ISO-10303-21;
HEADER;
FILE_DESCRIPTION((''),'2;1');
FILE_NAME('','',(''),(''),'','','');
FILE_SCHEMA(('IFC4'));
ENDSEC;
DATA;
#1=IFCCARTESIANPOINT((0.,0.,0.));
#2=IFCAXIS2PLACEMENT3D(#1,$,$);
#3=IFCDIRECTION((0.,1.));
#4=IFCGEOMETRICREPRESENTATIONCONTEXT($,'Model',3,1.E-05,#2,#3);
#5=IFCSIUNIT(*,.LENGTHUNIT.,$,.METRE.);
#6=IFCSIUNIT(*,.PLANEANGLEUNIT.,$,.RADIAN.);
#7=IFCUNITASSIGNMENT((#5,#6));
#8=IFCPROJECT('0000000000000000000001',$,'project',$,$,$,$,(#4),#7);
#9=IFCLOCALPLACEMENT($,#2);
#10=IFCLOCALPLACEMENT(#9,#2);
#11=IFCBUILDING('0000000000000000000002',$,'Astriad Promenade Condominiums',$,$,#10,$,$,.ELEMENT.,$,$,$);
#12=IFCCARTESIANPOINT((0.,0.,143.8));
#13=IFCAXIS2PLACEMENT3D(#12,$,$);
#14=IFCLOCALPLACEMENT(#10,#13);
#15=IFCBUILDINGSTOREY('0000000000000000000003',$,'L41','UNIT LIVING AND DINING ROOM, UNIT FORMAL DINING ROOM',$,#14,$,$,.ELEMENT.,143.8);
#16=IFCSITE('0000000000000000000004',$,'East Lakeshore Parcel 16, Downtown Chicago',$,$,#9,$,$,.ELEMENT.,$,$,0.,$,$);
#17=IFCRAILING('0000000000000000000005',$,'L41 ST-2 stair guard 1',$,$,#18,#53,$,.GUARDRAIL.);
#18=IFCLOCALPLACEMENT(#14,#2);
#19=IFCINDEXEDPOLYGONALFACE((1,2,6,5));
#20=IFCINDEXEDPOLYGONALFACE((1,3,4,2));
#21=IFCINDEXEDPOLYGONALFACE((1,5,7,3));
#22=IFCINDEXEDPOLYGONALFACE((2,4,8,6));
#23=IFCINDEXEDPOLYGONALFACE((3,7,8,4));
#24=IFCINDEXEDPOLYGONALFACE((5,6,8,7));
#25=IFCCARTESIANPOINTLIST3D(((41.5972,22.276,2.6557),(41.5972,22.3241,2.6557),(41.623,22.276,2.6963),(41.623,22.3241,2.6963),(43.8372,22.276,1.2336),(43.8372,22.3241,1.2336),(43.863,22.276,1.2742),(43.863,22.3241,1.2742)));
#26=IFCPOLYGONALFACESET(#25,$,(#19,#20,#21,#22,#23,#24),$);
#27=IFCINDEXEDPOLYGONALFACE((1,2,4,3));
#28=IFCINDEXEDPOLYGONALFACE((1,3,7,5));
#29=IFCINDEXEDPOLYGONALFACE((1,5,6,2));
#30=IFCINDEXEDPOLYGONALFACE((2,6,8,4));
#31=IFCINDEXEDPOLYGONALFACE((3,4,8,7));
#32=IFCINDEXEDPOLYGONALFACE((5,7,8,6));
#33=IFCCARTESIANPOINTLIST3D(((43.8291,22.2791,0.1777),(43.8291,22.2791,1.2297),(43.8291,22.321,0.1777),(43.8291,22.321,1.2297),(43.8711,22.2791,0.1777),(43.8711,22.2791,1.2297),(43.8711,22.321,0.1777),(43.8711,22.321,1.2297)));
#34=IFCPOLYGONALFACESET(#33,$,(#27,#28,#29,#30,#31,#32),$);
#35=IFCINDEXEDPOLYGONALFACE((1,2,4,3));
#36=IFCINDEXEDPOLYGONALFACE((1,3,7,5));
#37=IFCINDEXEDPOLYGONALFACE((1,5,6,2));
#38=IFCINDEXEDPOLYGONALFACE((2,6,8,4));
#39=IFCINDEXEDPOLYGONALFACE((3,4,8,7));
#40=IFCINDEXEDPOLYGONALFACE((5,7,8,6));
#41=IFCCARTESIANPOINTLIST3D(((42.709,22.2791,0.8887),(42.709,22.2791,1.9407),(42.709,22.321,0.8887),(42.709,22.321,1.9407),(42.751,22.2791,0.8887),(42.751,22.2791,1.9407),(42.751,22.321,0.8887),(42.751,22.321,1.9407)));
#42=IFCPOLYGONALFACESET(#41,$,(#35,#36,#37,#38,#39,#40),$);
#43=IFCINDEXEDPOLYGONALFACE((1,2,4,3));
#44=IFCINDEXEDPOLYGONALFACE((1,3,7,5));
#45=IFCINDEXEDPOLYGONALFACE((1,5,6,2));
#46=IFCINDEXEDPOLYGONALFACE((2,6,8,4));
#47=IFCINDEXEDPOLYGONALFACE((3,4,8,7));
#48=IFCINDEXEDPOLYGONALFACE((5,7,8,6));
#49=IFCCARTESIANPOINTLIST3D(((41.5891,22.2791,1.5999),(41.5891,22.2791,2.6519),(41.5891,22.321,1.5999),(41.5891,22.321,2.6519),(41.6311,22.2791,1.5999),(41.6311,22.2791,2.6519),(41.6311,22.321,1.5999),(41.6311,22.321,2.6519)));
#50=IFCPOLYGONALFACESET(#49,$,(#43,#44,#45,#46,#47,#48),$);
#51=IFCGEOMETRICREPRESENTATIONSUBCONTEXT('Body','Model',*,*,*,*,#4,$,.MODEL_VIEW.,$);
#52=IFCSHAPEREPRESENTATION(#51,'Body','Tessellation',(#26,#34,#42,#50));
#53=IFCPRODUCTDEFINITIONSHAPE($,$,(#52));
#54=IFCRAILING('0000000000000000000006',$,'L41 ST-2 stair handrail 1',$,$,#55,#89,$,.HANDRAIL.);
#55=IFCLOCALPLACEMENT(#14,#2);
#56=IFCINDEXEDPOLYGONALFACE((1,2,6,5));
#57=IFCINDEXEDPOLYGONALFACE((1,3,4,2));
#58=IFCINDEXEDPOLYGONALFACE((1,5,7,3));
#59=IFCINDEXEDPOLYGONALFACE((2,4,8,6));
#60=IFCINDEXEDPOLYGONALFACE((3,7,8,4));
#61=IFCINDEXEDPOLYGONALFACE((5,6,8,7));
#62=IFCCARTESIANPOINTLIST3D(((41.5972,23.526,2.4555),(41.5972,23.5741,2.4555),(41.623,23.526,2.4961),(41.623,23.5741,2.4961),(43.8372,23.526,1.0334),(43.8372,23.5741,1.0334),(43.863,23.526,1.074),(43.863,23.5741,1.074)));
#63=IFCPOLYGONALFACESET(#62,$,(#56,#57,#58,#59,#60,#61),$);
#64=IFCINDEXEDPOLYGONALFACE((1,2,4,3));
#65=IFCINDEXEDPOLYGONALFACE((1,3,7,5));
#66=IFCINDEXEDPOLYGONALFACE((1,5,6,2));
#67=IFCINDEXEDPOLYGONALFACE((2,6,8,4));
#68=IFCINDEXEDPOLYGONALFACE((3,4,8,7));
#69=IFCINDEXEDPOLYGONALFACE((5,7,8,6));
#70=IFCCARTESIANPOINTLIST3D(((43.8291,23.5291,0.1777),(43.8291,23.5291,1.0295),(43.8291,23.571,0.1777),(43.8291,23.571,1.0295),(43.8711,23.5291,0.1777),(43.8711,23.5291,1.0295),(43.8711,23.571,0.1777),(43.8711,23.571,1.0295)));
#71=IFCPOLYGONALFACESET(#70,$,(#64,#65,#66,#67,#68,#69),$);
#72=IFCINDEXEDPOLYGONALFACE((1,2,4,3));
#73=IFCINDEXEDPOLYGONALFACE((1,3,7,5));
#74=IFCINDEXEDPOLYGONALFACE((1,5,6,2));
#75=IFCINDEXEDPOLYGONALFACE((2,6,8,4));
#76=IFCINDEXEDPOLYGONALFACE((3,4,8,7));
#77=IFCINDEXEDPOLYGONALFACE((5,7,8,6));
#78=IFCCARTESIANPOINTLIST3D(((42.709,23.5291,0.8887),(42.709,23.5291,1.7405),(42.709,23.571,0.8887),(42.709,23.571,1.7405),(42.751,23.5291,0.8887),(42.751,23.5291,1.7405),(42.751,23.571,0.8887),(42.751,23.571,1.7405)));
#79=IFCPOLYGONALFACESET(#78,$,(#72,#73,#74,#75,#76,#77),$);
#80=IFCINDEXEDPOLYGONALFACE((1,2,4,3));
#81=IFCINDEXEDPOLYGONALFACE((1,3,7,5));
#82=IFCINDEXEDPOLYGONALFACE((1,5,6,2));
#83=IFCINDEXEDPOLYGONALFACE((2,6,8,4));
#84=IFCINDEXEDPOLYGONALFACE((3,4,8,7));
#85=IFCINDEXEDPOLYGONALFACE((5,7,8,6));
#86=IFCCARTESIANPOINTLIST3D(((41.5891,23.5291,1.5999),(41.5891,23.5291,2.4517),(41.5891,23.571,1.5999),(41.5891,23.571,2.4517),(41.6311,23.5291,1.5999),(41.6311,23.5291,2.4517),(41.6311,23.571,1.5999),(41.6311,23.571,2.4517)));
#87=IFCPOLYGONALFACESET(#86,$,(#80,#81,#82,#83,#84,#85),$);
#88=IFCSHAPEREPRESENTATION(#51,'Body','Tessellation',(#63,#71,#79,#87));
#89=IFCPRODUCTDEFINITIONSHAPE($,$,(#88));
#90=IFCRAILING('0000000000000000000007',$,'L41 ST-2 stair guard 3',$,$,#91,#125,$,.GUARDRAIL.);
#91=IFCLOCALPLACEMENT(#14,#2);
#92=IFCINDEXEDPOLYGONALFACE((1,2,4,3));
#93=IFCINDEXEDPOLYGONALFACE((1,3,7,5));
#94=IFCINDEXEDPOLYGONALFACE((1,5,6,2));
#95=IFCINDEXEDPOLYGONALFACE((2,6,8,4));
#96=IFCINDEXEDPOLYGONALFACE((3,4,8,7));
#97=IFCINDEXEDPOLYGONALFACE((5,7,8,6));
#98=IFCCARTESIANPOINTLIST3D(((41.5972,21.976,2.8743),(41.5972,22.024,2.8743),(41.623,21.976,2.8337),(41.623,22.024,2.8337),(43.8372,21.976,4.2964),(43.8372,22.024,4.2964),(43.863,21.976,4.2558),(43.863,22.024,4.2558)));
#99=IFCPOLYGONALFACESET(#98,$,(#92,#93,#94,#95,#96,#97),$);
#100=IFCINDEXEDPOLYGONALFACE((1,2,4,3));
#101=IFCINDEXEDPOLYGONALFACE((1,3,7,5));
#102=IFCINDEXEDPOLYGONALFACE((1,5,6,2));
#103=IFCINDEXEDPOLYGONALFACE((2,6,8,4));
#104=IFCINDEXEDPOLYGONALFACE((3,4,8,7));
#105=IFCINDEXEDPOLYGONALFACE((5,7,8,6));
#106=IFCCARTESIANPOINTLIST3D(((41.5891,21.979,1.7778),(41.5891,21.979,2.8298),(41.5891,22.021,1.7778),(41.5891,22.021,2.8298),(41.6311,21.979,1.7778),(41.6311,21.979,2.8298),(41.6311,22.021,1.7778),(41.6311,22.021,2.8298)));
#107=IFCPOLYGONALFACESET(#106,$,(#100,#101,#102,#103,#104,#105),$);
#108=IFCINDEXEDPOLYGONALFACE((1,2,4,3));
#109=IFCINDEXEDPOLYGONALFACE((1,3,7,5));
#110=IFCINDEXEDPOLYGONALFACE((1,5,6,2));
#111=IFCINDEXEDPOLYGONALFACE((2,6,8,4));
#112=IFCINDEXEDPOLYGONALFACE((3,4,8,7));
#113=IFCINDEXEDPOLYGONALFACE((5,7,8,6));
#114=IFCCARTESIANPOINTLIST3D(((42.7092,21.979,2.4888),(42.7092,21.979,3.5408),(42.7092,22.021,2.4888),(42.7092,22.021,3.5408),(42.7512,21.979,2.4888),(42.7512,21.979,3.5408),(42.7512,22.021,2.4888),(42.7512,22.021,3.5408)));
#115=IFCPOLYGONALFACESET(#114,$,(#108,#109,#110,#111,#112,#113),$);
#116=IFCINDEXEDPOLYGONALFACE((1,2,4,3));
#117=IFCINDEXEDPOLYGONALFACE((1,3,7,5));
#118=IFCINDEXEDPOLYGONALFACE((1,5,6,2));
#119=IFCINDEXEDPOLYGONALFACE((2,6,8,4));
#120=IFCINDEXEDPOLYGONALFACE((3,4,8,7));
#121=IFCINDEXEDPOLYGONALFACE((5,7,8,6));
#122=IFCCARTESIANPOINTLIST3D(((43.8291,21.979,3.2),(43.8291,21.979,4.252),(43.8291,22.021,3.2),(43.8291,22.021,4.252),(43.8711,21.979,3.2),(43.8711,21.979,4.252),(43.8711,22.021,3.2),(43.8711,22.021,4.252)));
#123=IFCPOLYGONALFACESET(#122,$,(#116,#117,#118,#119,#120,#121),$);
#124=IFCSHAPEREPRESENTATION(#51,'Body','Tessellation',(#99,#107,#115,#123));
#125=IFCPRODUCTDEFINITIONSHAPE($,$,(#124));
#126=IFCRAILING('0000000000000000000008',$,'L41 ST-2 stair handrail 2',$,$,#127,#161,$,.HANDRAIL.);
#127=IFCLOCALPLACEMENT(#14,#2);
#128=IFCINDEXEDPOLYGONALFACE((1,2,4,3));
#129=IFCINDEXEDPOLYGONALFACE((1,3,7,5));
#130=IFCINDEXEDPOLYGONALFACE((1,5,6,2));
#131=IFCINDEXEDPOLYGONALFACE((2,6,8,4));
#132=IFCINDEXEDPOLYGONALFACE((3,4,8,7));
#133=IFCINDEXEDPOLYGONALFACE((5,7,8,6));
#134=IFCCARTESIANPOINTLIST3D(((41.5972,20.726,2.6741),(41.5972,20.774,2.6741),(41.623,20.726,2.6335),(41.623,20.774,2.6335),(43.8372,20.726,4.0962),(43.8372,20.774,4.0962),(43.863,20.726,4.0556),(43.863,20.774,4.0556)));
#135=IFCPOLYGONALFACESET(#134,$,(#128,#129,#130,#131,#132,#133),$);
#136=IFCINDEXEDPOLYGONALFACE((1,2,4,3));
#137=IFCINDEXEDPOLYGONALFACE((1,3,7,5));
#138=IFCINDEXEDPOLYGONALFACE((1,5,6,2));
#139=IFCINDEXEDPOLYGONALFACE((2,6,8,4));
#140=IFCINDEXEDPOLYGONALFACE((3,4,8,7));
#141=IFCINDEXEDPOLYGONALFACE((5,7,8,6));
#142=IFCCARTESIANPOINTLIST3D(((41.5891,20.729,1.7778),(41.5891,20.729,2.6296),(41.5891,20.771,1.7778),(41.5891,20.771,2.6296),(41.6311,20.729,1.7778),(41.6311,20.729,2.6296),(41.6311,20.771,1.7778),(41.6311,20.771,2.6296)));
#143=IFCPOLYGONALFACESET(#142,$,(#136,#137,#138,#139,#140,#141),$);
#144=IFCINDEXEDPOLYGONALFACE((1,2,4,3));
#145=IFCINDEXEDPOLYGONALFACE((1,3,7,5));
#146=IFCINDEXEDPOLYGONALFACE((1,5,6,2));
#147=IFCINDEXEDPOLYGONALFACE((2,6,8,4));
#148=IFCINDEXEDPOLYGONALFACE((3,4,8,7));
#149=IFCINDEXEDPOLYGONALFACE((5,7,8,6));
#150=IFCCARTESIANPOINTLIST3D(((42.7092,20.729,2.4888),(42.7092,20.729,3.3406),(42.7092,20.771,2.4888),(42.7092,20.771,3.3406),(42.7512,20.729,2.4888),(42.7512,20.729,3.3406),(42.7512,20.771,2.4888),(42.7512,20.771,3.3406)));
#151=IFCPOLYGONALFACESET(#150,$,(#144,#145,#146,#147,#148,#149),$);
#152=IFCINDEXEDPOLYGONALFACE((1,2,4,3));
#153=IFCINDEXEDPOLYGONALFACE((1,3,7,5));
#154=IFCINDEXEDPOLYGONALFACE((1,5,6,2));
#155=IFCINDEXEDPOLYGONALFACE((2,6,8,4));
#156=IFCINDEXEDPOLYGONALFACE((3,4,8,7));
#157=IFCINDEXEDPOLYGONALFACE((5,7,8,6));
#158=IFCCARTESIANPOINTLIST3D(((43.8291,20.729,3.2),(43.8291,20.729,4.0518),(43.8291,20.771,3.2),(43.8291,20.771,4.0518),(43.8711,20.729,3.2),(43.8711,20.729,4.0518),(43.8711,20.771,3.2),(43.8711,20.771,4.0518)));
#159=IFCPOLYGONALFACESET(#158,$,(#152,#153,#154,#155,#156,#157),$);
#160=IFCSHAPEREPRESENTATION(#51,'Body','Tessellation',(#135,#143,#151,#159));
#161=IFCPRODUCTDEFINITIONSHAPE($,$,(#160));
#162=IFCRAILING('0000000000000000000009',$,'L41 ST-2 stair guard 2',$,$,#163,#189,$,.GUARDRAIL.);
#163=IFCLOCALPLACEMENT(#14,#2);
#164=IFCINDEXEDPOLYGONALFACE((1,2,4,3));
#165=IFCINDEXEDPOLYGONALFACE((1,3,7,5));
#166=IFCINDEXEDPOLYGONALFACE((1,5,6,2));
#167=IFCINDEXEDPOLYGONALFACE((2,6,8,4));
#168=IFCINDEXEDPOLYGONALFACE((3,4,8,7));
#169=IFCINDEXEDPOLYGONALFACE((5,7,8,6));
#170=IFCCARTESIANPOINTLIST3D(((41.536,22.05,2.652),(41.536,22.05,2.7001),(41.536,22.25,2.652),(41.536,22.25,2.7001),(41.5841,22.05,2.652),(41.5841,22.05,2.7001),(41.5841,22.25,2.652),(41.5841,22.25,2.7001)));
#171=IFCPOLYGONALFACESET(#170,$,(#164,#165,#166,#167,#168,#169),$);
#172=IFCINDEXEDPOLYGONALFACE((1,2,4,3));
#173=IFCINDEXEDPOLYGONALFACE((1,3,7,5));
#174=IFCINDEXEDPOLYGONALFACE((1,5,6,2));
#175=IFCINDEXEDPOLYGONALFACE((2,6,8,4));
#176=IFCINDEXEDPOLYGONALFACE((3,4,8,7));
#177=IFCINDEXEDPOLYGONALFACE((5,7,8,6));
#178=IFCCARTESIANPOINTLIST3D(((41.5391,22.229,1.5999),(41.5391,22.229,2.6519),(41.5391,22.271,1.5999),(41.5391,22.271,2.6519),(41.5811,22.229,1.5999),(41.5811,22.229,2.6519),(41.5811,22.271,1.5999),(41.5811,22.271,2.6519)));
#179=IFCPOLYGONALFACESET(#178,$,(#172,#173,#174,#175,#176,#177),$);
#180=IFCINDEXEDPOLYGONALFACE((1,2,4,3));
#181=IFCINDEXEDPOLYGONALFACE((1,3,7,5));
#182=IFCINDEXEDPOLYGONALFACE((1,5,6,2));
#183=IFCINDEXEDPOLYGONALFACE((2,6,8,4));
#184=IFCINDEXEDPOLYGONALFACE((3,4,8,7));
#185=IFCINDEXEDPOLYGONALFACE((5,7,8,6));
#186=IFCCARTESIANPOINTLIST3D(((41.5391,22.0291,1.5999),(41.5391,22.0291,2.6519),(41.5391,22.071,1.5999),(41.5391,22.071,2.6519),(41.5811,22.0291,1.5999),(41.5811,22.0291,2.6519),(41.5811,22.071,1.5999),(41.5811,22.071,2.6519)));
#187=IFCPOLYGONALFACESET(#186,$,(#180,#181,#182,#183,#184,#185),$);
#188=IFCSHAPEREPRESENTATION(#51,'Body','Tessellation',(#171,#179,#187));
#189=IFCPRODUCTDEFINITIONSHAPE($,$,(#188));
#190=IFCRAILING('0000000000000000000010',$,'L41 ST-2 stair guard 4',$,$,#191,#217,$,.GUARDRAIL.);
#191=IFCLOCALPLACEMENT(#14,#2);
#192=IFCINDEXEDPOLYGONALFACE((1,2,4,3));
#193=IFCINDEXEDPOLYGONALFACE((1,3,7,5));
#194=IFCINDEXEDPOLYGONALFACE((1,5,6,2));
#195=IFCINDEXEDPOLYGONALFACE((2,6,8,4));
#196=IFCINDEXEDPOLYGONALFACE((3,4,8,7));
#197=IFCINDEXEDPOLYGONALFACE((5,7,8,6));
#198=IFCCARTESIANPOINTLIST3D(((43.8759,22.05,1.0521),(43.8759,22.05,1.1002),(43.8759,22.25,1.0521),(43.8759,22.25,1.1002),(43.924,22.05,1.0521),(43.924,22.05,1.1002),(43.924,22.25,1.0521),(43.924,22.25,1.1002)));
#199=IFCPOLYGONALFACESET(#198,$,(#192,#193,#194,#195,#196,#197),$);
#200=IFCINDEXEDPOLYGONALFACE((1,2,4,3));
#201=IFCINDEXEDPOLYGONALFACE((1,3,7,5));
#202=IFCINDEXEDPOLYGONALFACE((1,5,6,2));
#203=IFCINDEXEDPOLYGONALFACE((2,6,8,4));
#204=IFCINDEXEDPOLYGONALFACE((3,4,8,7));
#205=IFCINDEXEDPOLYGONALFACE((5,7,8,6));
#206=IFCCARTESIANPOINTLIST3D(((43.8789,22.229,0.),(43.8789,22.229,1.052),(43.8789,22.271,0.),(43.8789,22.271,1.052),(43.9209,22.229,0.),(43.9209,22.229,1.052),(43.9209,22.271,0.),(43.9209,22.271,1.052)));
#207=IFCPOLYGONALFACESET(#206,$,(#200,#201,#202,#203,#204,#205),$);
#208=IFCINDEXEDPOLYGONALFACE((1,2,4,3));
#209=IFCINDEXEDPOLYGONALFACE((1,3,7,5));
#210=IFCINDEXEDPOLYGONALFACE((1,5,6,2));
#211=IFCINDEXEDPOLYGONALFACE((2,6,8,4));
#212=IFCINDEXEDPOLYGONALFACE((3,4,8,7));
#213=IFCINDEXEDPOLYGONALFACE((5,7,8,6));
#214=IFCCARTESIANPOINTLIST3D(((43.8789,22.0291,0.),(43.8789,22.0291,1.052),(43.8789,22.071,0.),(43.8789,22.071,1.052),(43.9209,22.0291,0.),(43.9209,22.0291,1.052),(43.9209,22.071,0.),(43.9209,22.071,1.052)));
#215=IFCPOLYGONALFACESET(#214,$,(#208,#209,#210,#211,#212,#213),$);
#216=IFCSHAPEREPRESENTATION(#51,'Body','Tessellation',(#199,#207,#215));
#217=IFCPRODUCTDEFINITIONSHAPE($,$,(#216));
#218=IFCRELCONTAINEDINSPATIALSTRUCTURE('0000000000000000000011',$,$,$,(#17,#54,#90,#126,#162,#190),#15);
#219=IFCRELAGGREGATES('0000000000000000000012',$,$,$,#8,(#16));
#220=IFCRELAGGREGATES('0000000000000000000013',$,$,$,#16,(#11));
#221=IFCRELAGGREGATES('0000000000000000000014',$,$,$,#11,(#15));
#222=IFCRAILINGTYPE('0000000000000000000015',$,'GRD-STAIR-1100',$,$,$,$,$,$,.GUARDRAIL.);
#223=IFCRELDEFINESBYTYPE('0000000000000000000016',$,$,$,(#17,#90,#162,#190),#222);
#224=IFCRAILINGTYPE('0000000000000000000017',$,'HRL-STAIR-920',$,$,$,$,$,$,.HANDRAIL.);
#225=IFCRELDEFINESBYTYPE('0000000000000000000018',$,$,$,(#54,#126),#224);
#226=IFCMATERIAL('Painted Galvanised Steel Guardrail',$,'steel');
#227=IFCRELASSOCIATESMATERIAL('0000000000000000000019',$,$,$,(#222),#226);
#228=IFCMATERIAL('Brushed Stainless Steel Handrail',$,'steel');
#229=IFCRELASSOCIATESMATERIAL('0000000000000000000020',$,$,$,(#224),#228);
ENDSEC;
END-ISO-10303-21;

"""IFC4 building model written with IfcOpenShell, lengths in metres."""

from ifc_helpers import new_model, si_unit, direction, frame, origin, origin_2d, place, context, subcontext, project, spatial, rectangle, extrude, source, transform, mapped, material, type_object, type_shapes, element, save


model = new_model("IFC4")

# Units and contexts
model_context = context("Model", 3, precision=1e-05, world=origin(), true_north=direction((0.0, 1.0)))
body_context = subcontext(model_context, "Body", "Model", "MODEL_VIEW")
ifc_project = project(units=[si_unit("LENGTHUNIT", "METRE"), si_unit("PLANEANGLEUNIT", "RADIAN")], contexts=[model_context])

# Site, building, storey
site_placement = place(None, origin())
site = spatial("IfcSite", under=ifc_project, at=site_placement, Name="East Lakeshore Parcel 16, Downtown Chicago", CompositionType="ELEMENT", RefElevation=0.0)
building_placement = place(site_placement, origin())
building = spatial("IfcBuilding", under=site, at=building_placement, Name="Astriad Promenade Condominiums", CompositionType="ELEMENT")
storey_placement = place(building_placement, frame((0.0, 0.0, 143.8)))
storey = spatial("IfcBuildingStorey", under=building, at=storey_placement, Name="L41", Description="UNIT LIVING AND DINING ROOM, UNIT FORMAL DINING ROOM", CompositionType="ELEMENT", Elevation=143.8)

# Railings
ifc_material_1 = material(Name="Painted Galvanised Steel Guardrail", Category="steel")
railing_type_1 = type_object("IfcRailingType", Name="GRD-STAIR-1100", PredefinedType="GUARDRAIL", material=ifc_material_1)
shared_shape_1 = source(origin(), body_context, "Body", "SweptSolid", [
    extrude(rectangle(XDim=0.0481, YDim=0.0481, at=origin_2d()), frame((0.0, 0.0, 1.0762), z_axis=(-0.844229, 0.0, 0.535982), x_axis=(0.0, -1.0, 0.0)), (0.0, 0.0, 1.0), 2.6533),
    extrude(rectangle(XDim=0.042, YDim=0.042, at=origin_2d()), origin(), (0.0, 0.0, 1.0), 1.052),
    extrude(rectangle(XDim=0.042, YDim=0.042, at=origin_2d()), frame((-1.1201, 0.0, 0.7109)), (0.0, 0.0, 1.0), 1.052),
    extrude(rectangle(XDim=0.042, YDim=0.042, at=origin_2d()), frame((-2.24, 0.0, 1.4221)), (0.0, 0.0, 1.0), 1.052),
])
railing_1_placement = place(storey_placement, frame((43.8501, 22.3, 0.1777)))
element("IfcRailing", 1, at=railing_1_placement, inside=storey, type_object=railing_type_1, Name="L41 ST-2 stair guard 1", PredefinedType="GUARDRAIL", context=body_context, shape_type="MappedRepresentation", body=[
    mapped(shared_shape_1, transform((0.0, 0.0, 0.0), scale=1.0)),
])
ifc_material_2 = material(Name="Brushed Stainless Steel Handrail", Category="steel")
railing_type_2 = type_object("IfcRailingType", Name="HRL-STAIR-920", PredefinedType="HANDRAIL", material=ifc_material_2)
shared_shape_2 = source(origin(), body_context, "Body", "SweptSolid", [
    extrude(rectangle(XDim=0.0481, YDim=0.0481, at=origin_2d()), frame((0.0, 0.0, 0.876), z_axis=(-0.844229, 0.0, 0.535982), x_axis=(0.0, -1.0, 0.0)), (0.0, 0.0, 1.0), 2.6533),
    extrude(rectangle(XDim=0.042, YDim=0.042, at=origin_2d()), origin(), (0.0, 0.0, 1.0), 0.8518),
    extrude(rectangle(XDim=0.042, YDim=0.042, at=origin_2d()), frame((-1.1201, 0.0, 0.7109)), (0.0, 0.0, 1.0), 0.8518),
    extrude(rectangle(XDim=0.042, YDim=0.042, at=origin_2d()), frame((-2.24, 0.0, 1.4221)), (0.0, 0.0, 1.0), 0.8518),
])
railing_2_placement = place(storey_placement, frame((43.8501, 23.55, 0.1777)))
element("IfcRailing", 2, at=railing_2_placement, inside=storey, type_object=railing_type_2, Name="L41 ST-2 stair handrail 1", PredefinedType="HANDRAIL", context=body_context, shape_type="MappedRepresentation", body=[
    mapped(shared_shape_2, transform((0.0, 0.0, 0.0), scale=1.0)),
])
shared_shape_3 = source(origin(), body_context, "Body", "SweptSolid", [
    extrude(rectangle(XDim=0.0481, YDim=0.0481, at=origin_2d()), frame((0.0, 0.0, 1.0762), z_axis=(0.844229, 0.0, 0.535982), x_axis=(0.0, 1.0, 0.0)), (0.0, 0.0, 1.0), 2.6533),
    extrude(rectangle(XDim=0.042, YDim=0.042, at=origin_2d()), origin(), (0.0, 0.0, 1.0), 1.052),
    extrude(rectangle(XDim=0.042, YDim=0.042, at=origin_2d()), frame((1.1201, 0.0, 0.7109)), (0.0, 0.0, 1.0), 1.052),
    extrude(rectangle(XDim=0.042, YDim=0.042, at=origin_2d()), frame((2.24, 0.0, 1.4221)), (0.0, 0.0, 1.0), 1.052),
])
railing_3_placement = place(storey_placement, frame((41.6101, 22.0, 1.7778)))
element("IfcRailing", 3, at=railing_3_placement, inside=storey, type_object=railing_type_1, Name="L41 ST-2 stair guard 3", PredefinedType="GUARDRAIL", context=body_context, shape_type="MappedRepresentation", body=[
    mapped(shared_shape_3, transform((0.0, 0.0, 0.0), scale=1.0)),
])
shared_shape_4 = source(origin(), body_context, "Body", "SweptSolid", [
    extrude(rectangle(XDim=0.0481, YDim=0.0481, at=origin_2d()), frame((0.0, 0.0, 0.876), z_axis=(0.844229, 0.0, 0.535982), x_axis=(0.0, 1.0, 0.0)), (0.0, 0.0, 1.0), 2.6533),
    extrude(rectangle(XDim=0.042, YDim=0.042, at=origin_2d()), origin(), (0.0, 0.0, 1.0), 0.8518),
    extrude(rectangle(XDim=0.042, YDim=0.042, at=origin_2d()), frame((1.1201, 0.0, 0.7109)), (0.0, 0.0, 1.0), 0.8518),
    extrude(rectangle(XDim=0.042, YDim=0.042, at=origin_2d()), frame((2.24, 0.0, 1.4221)), (0.0, 0.0, 1.0), 0.8518),
])
type_shapes(railing_type_2, [shared_shape_2, shared_shape_4])
railing_4_placement = place(storey_placement, frame((41.6101, 20.75, 1.7778)))
element("IfcRailing", 4, at=railing_4_placement, inside=storey, type_object=railing_type_2, Name="L41 ST-2 stair handrail 2", PredefinedType="HANDRAIL", context=body_context, shape_type="MappedRepresentation", body=[
    mapped(shared_shape_4, transform((0.0, 0.0, 0.0), scale=1.0)),
])
shared_shape_5 = source(origin(), body_context, "Body", "SweptSolid", [
    extrude(rectangle(XDim=0.0481, YDim=0.0481, at=origin_2d()), frame((0.0, 0.0, 1.0762), z_axis=(0.0, -1.0, 0.0), x_axis=(1.0, 0.0, 0.0)), (0.0, 0.0, 1.0), 0.2),
    extrude(rectangle(XDim=0.042, YDim=0.042, at=origin_2d()), origin(), (0.0, 0.0, 1.0), 1.052),
    extrude(rectangle(XDim=0.042, YDim=0.042, at=origin_2d()), frame((0.0, -0.2, 0.0)), (0.0, 0.0, 1.0), 1.052),
])
type_shapes(railing_type_1, [shared_shape_1, shared_shape_3, shared_shape_5])
for number, where, name in (
    (5, (41.5601, 22.25, 1.5999), "L41 ST-2 stair guard 2"),
    (6, (43.8999, 22.25, 0.0), "L41 ST-2 stair guard 4"),
):
    element("IfcRailing", number, at=place(storey_placement, frame(where)), inside=storey, type_object=railing_type_1, Name=name, PredefinedType="GUARDRAIL", context=body_context, shape_type="MappedRepresentation", body=[
        mapped(shared_shape_5, transform((0.0, 0.0, 0.0), scale=1.0)),
    ])

save(model, "model.ifc")
